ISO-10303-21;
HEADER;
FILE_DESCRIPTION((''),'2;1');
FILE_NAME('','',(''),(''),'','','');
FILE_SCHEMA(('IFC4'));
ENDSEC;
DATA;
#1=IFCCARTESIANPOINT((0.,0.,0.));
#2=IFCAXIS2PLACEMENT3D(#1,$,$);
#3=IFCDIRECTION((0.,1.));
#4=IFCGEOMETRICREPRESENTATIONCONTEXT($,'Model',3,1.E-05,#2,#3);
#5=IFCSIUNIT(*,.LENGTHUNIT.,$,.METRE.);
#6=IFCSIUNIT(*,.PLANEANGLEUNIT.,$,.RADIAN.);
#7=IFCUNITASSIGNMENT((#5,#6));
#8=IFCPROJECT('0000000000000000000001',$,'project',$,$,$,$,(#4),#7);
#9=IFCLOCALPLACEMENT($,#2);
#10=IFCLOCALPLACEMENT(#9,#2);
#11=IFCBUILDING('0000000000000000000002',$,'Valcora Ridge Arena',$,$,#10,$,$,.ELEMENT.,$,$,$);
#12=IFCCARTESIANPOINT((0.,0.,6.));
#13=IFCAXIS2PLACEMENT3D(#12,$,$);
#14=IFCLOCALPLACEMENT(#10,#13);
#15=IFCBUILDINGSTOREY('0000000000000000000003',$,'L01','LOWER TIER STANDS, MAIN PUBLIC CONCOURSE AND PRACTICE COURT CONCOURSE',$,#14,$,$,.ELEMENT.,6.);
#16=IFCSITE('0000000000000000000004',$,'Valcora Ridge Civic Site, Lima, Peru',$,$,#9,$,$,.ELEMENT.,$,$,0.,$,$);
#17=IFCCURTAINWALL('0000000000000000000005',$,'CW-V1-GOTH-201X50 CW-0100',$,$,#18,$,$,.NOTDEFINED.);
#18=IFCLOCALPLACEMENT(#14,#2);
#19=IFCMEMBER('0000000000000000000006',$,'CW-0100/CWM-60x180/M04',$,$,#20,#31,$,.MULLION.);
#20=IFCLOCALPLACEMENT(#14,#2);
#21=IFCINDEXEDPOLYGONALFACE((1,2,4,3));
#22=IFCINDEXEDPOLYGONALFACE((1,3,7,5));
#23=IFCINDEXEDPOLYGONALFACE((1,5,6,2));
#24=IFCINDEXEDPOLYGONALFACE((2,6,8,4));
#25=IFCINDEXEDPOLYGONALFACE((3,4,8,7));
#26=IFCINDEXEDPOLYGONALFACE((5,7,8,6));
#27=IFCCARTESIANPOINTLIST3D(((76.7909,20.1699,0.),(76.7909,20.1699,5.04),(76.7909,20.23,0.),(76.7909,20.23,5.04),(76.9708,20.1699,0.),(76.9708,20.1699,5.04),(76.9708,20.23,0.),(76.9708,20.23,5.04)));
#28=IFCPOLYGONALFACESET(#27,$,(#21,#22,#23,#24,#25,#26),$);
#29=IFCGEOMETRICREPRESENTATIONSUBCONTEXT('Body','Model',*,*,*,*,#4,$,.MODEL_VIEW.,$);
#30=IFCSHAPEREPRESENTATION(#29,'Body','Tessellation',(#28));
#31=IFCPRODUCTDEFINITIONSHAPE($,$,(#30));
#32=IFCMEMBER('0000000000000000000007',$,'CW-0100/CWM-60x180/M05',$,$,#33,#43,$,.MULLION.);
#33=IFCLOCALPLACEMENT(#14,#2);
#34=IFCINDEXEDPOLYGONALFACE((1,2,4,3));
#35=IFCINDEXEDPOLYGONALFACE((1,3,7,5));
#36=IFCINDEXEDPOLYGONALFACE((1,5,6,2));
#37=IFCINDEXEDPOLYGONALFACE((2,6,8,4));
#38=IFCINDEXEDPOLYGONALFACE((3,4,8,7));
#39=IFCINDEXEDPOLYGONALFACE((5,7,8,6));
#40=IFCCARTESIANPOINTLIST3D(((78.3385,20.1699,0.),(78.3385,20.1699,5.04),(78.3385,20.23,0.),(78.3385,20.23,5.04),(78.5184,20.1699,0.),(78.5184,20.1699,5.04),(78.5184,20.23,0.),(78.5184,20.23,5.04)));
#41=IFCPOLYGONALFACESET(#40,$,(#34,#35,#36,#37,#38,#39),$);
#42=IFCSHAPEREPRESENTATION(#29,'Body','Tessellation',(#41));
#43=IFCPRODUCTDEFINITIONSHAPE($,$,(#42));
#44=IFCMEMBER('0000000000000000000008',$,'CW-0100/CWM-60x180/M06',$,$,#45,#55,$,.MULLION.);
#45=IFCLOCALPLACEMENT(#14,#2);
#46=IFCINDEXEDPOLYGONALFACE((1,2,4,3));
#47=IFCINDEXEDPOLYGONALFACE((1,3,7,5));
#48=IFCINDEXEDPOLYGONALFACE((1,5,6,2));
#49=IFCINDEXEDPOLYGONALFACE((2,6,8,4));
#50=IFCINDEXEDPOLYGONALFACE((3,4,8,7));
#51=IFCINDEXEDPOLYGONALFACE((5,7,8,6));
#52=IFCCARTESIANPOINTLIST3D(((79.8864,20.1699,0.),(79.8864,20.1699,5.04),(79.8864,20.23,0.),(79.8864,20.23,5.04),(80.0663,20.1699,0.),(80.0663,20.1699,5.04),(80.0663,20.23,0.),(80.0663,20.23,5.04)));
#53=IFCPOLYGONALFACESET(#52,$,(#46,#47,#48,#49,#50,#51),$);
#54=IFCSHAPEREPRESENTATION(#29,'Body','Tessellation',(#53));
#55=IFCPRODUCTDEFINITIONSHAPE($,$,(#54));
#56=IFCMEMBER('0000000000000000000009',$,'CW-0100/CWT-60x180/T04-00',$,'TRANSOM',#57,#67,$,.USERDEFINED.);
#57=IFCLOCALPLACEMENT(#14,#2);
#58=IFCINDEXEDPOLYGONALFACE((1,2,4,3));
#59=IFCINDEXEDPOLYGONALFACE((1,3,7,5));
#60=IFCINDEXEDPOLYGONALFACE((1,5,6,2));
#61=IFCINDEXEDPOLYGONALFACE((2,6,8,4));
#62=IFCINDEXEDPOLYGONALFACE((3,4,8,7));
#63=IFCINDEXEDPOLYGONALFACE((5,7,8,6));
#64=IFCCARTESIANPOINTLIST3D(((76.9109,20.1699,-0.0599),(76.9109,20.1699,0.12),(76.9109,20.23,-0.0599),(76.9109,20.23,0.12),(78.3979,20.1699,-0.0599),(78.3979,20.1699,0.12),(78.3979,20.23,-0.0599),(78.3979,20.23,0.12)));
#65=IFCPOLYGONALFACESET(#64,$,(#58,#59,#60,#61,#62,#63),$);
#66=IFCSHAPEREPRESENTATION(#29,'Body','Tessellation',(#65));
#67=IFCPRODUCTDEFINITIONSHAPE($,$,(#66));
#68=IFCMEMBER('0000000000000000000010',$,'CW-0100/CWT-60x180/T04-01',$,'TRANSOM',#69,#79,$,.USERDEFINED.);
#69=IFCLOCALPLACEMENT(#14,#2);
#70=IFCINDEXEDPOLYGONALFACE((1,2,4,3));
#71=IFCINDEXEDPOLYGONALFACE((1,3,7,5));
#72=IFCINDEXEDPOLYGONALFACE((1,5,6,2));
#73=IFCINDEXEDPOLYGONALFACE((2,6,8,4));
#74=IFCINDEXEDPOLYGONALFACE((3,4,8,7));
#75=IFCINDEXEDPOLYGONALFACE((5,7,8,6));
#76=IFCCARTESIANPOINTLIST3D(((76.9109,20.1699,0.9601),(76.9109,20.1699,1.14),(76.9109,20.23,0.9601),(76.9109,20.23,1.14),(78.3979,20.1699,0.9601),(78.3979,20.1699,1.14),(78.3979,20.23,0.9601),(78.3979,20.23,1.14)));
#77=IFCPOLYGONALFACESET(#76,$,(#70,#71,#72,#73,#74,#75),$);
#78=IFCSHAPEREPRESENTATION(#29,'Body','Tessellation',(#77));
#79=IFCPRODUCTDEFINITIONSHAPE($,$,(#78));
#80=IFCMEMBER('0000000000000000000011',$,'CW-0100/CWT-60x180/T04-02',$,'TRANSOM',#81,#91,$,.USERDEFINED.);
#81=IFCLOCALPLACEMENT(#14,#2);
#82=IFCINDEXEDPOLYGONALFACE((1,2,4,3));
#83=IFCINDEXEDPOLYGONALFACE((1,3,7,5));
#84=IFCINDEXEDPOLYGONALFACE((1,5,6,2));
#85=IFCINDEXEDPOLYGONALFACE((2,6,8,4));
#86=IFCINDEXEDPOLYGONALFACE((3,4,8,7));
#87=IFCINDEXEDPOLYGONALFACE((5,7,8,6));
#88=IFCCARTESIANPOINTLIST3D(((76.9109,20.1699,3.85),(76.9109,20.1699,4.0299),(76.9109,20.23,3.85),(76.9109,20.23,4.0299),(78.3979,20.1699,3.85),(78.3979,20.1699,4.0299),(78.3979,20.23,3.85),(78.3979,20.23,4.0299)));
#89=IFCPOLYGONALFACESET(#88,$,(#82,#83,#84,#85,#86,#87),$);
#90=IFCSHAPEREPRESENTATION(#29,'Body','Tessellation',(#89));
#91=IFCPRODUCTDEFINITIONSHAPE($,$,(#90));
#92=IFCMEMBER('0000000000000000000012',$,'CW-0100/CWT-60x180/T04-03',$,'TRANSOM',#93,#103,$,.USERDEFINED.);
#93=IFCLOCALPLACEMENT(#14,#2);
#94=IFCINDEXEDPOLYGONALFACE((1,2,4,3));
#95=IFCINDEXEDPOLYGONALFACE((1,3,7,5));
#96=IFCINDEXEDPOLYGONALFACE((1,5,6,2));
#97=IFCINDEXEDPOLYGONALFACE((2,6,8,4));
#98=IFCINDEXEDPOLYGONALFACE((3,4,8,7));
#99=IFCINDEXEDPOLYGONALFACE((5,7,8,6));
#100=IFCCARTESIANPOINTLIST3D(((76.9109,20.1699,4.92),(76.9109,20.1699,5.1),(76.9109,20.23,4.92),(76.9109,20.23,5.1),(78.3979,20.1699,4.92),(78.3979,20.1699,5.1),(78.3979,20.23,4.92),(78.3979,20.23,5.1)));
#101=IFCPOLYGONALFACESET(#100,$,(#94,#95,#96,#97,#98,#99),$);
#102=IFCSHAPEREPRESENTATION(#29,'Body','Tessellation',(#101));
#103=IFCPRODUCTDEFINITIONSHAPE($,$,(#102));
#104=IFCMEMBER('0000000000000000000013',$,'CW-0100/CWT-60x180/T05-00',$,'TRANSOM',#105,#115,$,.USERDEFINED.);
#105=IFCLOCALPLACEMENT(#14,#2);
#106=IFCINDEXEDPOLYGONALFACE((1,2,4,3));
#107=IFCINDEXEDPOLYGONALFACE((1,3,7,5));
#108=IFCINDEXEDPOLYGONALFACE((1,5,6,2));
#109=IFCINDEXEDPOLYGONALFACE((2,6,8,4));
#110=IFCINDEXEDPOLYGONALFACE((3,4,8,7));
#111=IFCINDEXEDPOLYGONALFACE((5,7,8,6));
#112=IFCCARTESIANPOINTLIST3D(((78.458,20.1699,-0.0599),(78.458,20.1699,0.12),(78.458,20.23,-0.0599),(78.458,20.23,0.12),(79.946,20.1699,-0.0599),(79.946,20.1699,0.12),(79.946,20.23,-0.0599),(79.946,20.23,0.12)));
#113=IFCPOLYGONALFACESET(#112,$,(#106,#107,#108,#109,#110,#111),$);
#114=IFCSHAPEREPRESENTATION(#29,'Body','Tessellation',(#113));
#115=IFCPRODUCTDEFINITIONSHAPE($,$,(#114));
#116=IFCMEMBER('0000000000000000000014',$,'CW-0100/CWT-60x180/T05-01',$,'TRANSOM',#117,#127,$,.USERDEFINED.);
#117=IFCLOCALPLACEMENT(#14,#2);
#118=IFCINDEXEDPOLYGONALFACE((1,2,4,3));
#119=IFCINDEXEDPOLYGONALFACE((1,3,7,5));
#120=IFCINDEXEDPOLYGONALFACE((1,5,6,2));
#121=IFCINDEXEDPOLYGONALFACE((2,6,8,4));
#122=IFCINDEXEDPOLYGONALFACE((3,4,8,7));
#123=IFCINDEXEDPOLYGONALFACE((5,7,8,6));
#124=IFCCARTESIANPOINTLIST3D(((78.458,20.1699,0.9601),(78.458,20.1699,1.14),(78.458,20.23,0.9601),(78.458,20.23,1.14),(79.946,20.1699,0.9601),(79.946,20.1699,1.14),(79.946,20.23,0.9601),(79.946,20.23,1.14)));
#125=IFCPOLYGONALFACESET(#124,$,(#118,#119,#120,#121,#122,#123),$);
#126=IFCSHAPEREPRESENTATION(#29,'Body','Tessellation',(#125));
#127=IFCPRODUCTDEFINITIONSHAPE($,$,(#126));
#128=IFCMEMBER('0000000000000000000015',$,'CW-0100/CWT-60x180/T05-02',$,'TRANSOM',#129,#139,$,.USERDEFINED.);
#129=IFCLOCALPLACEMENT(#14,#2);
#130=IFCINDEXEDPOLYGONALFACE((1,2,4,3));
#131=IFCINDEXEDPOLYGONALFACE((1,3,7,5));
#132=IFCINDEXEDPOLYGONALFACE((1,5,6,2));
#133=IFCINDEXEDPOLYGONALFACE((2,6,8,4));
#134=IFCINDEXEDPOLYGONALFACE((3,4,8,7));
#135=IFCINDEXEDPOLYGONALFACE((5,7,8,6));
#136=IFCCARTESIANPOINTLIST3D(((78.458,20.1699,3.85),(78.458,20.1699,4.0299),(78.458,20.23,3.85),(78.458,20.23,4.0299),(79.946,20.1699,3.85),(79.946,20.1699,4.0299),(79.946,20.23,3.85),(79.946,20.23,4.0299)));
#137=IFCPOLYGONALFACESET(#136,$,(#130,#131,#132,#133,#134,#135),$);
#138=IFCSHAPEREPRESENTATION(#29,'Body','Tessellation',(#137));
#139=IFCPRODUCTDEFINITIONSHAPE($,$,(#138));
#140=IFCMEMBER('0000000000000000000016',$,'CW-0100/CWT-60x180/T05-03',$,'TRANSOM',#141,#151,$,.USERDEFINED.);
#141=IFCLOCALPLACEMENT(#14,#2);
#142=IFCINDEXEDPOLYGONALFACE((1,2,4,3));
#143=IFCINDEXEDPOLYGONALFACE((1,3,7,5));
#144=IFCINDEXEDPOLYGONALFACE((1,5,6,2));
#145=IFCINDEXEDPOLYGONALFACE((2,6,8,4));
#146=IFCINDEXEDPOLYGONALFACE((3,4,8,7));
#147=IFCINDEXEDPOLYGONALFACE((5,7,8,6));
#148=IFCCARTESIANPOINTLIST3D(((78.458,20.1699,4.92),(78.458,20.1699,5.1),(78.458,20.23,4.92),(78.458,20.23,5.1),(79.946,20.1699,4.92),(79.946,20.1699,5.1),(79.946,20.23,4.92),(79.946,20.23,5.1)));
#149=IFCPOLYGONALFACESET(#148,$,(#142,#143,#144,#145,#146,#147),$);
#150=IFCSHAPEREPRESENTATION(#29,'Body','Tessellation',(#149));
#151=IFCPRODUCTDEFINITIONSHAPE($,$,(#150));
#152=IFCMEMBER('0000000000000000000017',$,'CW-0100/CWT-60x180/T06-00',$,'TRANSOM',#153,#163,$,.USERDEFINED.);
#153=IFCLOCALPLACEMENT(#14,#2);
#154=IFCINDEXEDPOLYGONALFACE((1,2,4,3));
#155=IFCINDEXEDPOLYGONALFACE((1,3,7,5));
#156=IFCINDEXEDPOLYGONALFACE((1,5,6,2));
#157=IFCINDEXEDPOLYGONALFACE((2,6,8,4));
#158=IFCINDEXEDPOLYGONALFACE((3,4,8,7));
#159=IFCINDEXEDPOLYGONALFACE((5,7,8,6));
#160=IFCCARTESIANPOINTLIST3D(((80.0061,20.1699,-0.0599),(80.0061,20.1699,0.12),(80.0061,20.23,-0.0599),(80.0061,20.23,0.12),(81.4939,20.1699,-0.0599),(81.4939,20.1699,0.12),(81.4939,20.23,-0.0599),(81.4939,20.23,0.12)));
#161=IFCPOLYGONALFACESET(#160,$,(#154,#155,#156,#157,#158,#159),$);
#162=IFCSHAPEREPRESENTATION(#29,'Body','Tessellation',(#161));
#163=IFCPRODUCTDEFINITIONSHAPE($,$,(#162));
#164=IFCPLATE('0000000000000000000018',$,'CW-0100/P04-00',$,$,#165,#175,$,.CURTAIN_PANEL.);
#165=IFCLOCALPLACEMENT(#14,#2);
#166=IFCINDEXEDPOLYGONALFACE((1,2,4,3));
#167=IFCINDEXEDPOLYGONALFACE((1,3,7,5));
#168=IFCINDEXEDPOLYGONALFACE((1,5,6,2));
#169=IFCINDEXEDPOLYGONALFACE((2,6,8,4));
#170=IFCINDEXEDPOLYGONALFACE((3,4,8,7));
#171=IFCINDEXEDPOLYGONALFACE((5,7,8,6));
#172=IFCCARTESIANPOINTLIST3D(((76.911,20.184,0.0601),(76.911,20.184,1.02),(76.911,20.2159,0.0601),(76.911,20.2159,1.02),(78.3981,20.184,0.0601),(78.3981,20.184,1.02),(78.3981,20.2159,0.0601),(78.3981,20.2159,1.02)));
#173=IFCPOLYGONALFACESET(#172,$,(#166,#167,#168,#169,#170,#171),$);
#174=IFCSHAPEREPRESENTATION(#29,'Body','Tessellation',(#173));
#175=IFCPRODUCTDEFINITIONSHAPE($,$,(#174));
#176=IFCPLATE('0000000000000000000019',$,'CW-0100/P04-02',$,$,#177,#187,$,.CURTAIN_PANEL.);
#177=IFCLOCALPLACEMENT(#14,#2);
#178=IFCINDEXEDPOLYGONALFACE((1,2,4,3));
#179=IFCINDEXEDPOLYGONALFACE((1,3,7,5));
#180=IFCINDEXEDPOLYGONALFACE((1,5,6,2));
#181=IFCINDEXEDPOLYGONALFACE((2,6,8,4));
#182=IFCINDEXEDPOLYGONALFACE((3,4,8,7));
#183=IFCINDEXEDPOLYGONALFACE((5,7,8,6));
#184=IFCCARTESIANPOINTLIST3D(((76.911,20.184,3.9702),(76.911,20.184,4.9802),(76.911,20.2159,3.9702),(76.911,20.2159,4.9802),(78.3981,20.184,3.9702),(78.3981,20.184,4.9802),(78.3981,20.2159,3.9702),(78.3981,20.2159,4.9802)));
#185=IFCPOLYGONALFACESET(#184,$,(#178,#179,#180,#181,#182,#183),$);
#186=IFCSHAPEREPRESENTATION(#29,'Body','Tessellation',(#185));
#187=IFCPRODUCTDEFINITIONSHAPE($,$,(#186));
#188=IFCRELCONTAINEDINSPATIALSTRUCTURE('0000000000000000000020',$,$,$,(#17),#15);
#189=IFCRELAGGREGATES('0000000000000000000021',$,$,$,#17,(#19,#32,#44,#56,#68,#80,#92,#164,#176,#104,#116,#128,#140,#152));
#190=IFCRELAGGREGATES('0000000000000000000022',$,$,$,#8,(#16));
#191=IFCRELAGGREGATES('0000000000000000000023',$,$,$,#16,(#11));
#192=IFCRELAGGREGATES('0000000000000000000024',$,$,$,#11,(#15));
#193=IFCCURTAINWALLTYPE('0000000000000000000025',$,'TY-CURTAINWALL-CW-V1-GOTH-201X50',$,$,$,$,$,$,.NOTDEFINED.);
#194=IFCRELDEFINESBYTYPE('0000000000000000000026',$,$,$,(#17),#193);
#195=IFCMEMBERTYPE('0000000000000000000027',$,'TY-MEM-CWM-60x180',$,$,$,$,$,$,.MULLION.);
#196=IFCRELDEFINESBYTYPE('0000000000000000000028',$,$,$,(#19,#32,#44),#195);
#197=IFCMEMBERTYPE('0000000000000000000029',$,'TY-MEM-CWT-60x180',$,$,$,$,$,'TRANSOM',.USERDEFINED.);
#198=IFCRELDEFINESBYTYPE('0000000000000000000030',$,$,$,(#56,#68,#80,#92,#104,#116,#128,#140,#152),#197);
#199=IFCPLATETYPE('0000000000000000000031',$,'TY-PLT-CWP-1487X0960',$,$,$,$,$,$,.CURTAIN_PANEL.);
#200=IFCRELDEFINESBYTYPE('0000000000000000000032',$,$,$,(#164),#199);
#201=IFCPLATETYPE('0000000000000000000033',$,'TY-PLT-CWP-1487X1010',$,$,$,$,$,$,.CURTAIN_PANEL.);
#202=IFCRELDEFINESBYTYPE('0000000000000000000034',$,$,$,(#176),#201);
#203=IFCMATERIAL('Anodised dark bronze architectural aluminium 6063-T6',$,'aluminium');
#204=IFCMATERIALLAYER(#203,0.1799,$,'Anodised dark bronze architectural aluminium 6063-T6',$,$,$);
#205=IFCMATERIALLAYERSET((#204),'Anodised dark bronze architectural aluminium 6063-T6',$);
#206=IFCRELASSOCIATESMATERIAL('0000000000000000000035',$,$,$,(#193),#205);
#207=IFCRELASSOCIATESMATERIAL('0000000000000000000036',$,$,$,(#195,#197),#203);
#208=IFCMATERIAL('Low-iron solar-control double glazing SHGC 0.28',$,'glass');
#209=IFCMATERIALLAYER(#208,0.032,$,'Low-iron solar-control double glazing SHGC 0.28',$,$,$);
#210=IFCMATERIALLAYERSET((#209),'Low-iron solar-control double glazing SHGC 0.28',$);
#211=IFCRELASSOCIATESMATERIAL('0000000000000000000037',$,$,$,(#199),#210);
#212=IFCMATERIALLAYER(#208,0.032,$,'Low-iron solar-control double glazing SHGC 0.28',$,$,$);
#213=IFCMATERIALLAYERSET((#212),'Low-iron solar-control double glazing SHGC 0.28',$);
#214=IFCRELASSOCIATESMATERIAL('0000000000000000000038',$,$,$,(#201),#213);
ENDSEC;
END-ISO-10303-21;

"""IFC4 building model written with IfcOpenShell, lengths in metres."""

from ifc_helpers import new_model, si_unit, direction, frame, origin, origin_2d, place, context, subcontext, project, spatial, rectangle, extrude, material, layer, layer_set, material_profile, profile_set, type_object, element, aggregate, save


model = new_model("IFC4")

# Units and contexts
model_context = context("Model", 3, precision=1e-05, world=origin(), true_north=direction((0.0, 1.0)))
body_context = subcontext(model_context, "Body", "Model", "MODEL_VIEW")
ifc_project = project(units=[si_unit("LENGTHUNIT", "METRE"), si_unit("PLANEANGLEUNIT", "RADIAN")], contexts=[model_context])

# Site, building, storey
site_placement = place(None, origin())
site = spatial("IfcSite", under=ifc_project, at=site_placement, Name="Valcora Ridge Civic Site, Lima, Peru", CompositionType="ELEMENT", RefElevation=0.0)
building_placement = place(site_placement, origin())
building = spatial("IfcBuilding", under=site, at=building_placement, Name="Valcora Ridge Arena", CompositionType="ELEMENT")
storey_placement = place(building_placement, frame((0.0, 0.0, 6.0)))
storey = spatial("IfcBuildingStorey", under=building, at=storey_placement, Name="L01", Description="LOWER TIER STANDS, MAIN PUBLIC CONCOURSE AND PRACTICE COURT CONCOURSE", CompositionType="ELEMENT", Elevation=6.0)

# Curtain wall, members, plates
ifc_material_1 = material(Name="Anodised dark bronze architectural aluminium 6063-T6", Category="aluminium")
ifc_layer_1 = layer(ifc_material_1, 0.1799, Name="Anodised dark bronze architectural aluminium 6063-T6")
ifc_layer_set_1 = layer_set([ifc_layer_1], Name="Anodised dark bronze architectural aluminium 6063-T6")
curtain_wall_type = type_object("IfcCurtainWallType", Name="TY-CURTAINWALL-CW-V1-GOTH-201X50", PredefinedType="NOTDEFINED", material=ifc_layer_set_1)
curtain_wall_placement = place(storey_placement, origin())
curtain_wall = element("IfcCurtainWall", 1, at=curtain_wall_placement, inside=storey, type_object=curtain_wall_type, Name="CW-V1-GOTH-201X50 CW-0100", PredefinedType="NOTDEFINED")
ifc_material_profile_1 = material_profile(ifc_material_1, rectangle(XDim=0.0601, YDim=0.1799, at=origin_2d()), Name="ALU MULLION 60x180")
ifc_profile_set_1 = profile_set([ifc_material_profile_1], Name="Anodised dark bronze architectural aluminium 6063-T6")
member_type_1 = type_object("IfcMemberType", Name="TY-MEM-CWM-60x180", PredefinedType="MULLION", material=ifc_profile_set_1)
member_1_placement = place(storey_placement, frame((76.8809, 20.2, 0.0), z_axis=(0.0, 0.0, 1.0), x_axis=(0.0, 1.0, 0.0)))
member_1 = element("IfcMember", 2, at=member_1_placement, type_object=member_type_1, Name="CW-0100/CWM-60x180/M04", PredefinedType="MULLION", context=body_context, shape_type="SweptSolid", body=[
    extrude(rectangle(XDim=0.0601, YDim=0.1799, at=origin_2d()), origin(), (0.0, 0.0, 1.0), 5.04),
])
member_2_placement = place(storey_placement, frame((78.4285, 20.2, 0.0), z_axis=(0.0, 0.0, 1.0), x_axis=(0.0, 1.0, 0.0)))
member_2 = element("IfcMember", 3, at=member_2_placement, type_object=member_type_1, Name="CW-0100/CWM-60x180/M05", PredefinedType="MULLION", context=body_context, shape_type="SweptSolid", body=[
    extrude(rectangle(XDim=0.0601, YDim=0.1799, at=origin_2d()), origin(), (0.0, 0.0, 1.0), 5.04),
])
member_3_placement = place(storey_placement, frame((79.9763, 20.2, 0.0), z_axis=(0.0, 0.0, 1.0), x_axis=(0.0, 1.0, 0.0)))
member_3 = element("IfcMember", 4, at=member_3_placement, type_object=member_type_1, Name="CW-0100/CWM-60x180/M06", PredefinedType="MULLION", context=body_context, shape_type="SweptSolid", body=[
    extrude(rectangle(XDim=0.0601, YDim=0.1799, at=origin_2d()), origin(), (0.0, 0.0, 1.0), 5.04),
])
ifc_material_profile_2 = material_profile(ifc_material_1, rectangle(XDim=0.0601, YDim=0.1799, at=origin_2d()), Name="ALU TRANSOM 60x180")
ifc_profile_set_2 = profile_set([ifc_material_profile_2], Name="Anodised dark bronze architectural aluminium 6063-T6")
member_type_2 = type_object("IfcMemberType", Name="TY-MEM-CWT-60x180", ElementType="TRANSOM", PredefinedType="USERDEFINED", material=ifc_profile_set_2)
member_4_placement = place(storey_placement, frame((76.9109, 20.2, 0.03), z_axis=(1.0, 0.0, 0.0), x_axis=(0.0, 1.0, 0.0)))
member_4 = element("IfcMember", 5, at=member_4_placement, type_object=member_type_2, Name="CW-0100/CWT-60x180/T04-00", ObjectType="TRANSOM", PredefinedType="USERDEFINED", context=body_context, shape_type="SweptSolid", body=[
    extrude(rectangle(XDim=0.0601, YDim=0.1799, at=origin_2d()), origin(), (0.0, 0.0, 1.0), 1.4871),
])
member_5_placement = place(storey_placement, frame((76.9109, 20.2, 1.05), z_axis=(1.0, 0.0, 0.0), x_axis=(0.0, 1.0, 0.0)))
member_5 = element("IfcMember", 6, at=member_5_placement, type_object=member_type_2, Name="CW-0100/CWT-60x180/T04-01", ObjectType="TRANSOM", PredefinedType="USERDEFINED", context=body_context, shape_type="SweptSolid", body=[
    extrude(rectangle(XDim=0.0601, YDim=0.1799, at=origin_2d()), origin(), (0.0, 0.0, 1.0), 1.4871),
])
member_6_placement = place(storey_placement, frame((76.9109, 20.2, 3.9399), z_axis=(1.0, 0.0, 0.0), x_axis=(0.0, 1.0, 0.0)))
member_6 = element("IfcMember", 7, at=member_6_placement, type_object=member_type_2, Name="CW-0100/CWT-60x180/T04-02", ObjectType="TRANSOM", PredefinedType="USERDEFINED", context=body_context, shape_type="SweptSolid", body=[
    extrude(rectangle(XDim=0.0601, YDim=0.1799, at=origin_2d()), origin(), (0.0, 0.0, 1.0), 1.4871),
])
member_7_placement = place(storey_placement, frame((76.9109, 20.2, 5.01), z_axis=(1.0, 0.0, 0.0), x_axis=(0.0, 1.0, 0.0)))
member_7 = element("IfcMember", 8, at=member_7_placement, type_object=member_type_2, Name="CW-0100/CWT-60x180/T04-03", ObjectType="TRANSOM", PredefinedType="USERDEFINED", context=body_context, shape_type="SweptSolid", body=[
    extrude(rectangle(XDim=0.0601, YDim=0.1799, at=origin_2d()), origin(), (0.0, 0.0, 1.0), 1.4871),
])
member_8_placement = place(storey_placement, frame((78.458, 20.2, 0.03), z_axis=(1.0, 0.0, 0.0), x_axis=(0.0, 1.0, 0.0)))
member_8 = element("IfcMember", 9, at=member_8_placement, type_object=member_type_2, Name="CW-0100/CWT-60x180/T05-00", ObjectType="TRANSOM", PredefinedType="USERDEFINED", context=body_context, shape_type="SweptSolid", body=[
    extrude(rectangle(XDim=0.0601, YDim=0.1799, at=origin_2d()), origin(), (0.0, 0.0, 1.0), 1.488),
])
member_9_placement = place(storey_placement, frame((78.458, 20.2, 1.05), z_axis=(1.0, 0.0, 0.0), x_axis=(0.0, 1.0, 0.0)))
member_9 = element("IfcMember", 10, at=member_9_placement, type_object=member_type_2, Name="CW-0100/CWT-60x180/T05-01", ObjectType="TRANSOM", PredefinedType="USERDEFINED", context=body_context, shape_type="SweptSolid", body=[
    extrude(rectangle(XDim=0.0601, YDim=0.1799, at=origin_2d()), origin(), (0.0, 0.0, 1.0), 1.488),
])
member_10_placement = place(storey_placement, frame((78.458, 20.2, 3.9399), z_axis=(1.0, 0.0, 0.0), x_axis=(0.0, 1.0, 0.0)))
member_10 = element("IfcMember", 11, at=member_10_placement, type_object=member_type_2, Name="CW-0100/CWT-60x180/T05-02", ObjectType="TRANSOM", PredefinedType="USERDEFINED", context=body_context, shape_type="SweptSolid", body=[
    extrude(rectangle(XDim=0.0601, YDim=0.1799, at=origin_2d()), origin(), (0.0, 0.0, 1.0), 1.488),
])
member_11_placement = place(storey_placement, frame((78.458, 20.2, 5.01), z_axis=(1.0, 0.0, 0.0), x_axis=(0.0, 1.0, 0.0)))
member_11 = element("IfcMember", 12, at=member_11_placement, type_object=member_type_2, Name="CW-0100/CWT-60x180/T05-03", ObjectType="TRANSOM", PredefinedType="USERDEFINED", context=body_context, shape_type="SweptSolid", body=[
    extrude(rectangle(XDim=0.0601, YDim=0.1799, at=origin_2d()), origin(), (0.0, 0.0, 1.0), 1.488),
])
member_12_placement = place(storey_placement, frame((80.0061, 20.2, 0.03), z_axis=(1.0, 0.0, 0.0), x_axis=(0.0, 1.0, 0.0)))
member_12 = element("IfcMember", 13, at=member_12_placement, type_object=member_type_2, Name="CW-0100/CWT-60x180/T06-00", ObjectType="TRANSOM", PredefinedType="USERDEFINED", context=body_context, shape_type="SweptSolid", body=[
    extrude(rectangle(XDim=0.0601, YDim=0.1799, at=origin_2d()), origin(), (0.0, 0.0, 1.0), 1.4878),
])
ifc_material_2 = material(Name="Low-iron solar-control double glazing SHGC 0.28", Category="glass")
ifc_layer_2 = layer(ifc_material_2, 0.032, Name="Low-iron solar-control double glazing SHGC 0.28")
ifc_layer_set_2 = layer_set([ifc_layer_2], Name="Low-iron solar-control double glazing SHGC 0.28")
plate_type_1 = type_object("IfcPlateType", Name="TY-PLT-CWP-1487X0960", PredefinedType="CURTAIN_PANEL", material=ifc_layer_set_2)
plate_1_placement = place(storey_placement, frame((77.6545, 20.2, 0.0601), z_axis=(0.0, 0.0, 1.0), x_axis=(1.0, 0.0, 0.0)))
plate_1 = element("IfcPlate", 14, at=plate_1_placement, type_object=plate_type_1, Name="CW-0100/P04-00", PredefinedType="CURTAIN_PANEL", context=body_context, shape_type="SweptSolid", body=[
    extrude(rectangle(XDim=1.4871, YDim=0.032, at=origin_2d()), origin(), (0.0, 0.0, 1.0), 0.96),
])
ifc_layer_3 = layer(ifc_material_2, 0.032, Name="Low-iron solar-control double glazing SHGC 0.28")
ifc_layer_set_3 = layer_set([ifc_layer_3], Name="Low-iron solar-control double glazing SHGC 0.28")
plate_type_2 = type_object("IfcPlateType", Name="TY-PLT-CWP-1487X1010", PredefinedType="CURTAIN_PANEL", material=ifc_layer_set_3)
plate_2_placement = place(storey_placement, frame((77.6545, 20.2, 3.9702), z_axis=(0.0, 0.0, 1.0), x_axis=(1.0, 0.0, 0.0)))
plate_2 = element("IfcPlate", 15, at=plate_2_placement, type_object=plate_type_2, Name="CW-0100/P04-02", PredefinedType="CURTAIN_PANEL", context=body_context, shape_type="SweptSolid", body=[
    extrude(rectangle(XDim=1.4871, YDim=0.032, at=origin_2d()), origin(), (0.0, 0.0, 1.0), 1.01),
])
aggregate(curtain_wall, [member_1, member_2, member_3, member_4, member_5, member_6, member_7, plate_1, plate_2, member_8, member_9, member_10, member_11, member_12])

save(model, "model.ifc")
